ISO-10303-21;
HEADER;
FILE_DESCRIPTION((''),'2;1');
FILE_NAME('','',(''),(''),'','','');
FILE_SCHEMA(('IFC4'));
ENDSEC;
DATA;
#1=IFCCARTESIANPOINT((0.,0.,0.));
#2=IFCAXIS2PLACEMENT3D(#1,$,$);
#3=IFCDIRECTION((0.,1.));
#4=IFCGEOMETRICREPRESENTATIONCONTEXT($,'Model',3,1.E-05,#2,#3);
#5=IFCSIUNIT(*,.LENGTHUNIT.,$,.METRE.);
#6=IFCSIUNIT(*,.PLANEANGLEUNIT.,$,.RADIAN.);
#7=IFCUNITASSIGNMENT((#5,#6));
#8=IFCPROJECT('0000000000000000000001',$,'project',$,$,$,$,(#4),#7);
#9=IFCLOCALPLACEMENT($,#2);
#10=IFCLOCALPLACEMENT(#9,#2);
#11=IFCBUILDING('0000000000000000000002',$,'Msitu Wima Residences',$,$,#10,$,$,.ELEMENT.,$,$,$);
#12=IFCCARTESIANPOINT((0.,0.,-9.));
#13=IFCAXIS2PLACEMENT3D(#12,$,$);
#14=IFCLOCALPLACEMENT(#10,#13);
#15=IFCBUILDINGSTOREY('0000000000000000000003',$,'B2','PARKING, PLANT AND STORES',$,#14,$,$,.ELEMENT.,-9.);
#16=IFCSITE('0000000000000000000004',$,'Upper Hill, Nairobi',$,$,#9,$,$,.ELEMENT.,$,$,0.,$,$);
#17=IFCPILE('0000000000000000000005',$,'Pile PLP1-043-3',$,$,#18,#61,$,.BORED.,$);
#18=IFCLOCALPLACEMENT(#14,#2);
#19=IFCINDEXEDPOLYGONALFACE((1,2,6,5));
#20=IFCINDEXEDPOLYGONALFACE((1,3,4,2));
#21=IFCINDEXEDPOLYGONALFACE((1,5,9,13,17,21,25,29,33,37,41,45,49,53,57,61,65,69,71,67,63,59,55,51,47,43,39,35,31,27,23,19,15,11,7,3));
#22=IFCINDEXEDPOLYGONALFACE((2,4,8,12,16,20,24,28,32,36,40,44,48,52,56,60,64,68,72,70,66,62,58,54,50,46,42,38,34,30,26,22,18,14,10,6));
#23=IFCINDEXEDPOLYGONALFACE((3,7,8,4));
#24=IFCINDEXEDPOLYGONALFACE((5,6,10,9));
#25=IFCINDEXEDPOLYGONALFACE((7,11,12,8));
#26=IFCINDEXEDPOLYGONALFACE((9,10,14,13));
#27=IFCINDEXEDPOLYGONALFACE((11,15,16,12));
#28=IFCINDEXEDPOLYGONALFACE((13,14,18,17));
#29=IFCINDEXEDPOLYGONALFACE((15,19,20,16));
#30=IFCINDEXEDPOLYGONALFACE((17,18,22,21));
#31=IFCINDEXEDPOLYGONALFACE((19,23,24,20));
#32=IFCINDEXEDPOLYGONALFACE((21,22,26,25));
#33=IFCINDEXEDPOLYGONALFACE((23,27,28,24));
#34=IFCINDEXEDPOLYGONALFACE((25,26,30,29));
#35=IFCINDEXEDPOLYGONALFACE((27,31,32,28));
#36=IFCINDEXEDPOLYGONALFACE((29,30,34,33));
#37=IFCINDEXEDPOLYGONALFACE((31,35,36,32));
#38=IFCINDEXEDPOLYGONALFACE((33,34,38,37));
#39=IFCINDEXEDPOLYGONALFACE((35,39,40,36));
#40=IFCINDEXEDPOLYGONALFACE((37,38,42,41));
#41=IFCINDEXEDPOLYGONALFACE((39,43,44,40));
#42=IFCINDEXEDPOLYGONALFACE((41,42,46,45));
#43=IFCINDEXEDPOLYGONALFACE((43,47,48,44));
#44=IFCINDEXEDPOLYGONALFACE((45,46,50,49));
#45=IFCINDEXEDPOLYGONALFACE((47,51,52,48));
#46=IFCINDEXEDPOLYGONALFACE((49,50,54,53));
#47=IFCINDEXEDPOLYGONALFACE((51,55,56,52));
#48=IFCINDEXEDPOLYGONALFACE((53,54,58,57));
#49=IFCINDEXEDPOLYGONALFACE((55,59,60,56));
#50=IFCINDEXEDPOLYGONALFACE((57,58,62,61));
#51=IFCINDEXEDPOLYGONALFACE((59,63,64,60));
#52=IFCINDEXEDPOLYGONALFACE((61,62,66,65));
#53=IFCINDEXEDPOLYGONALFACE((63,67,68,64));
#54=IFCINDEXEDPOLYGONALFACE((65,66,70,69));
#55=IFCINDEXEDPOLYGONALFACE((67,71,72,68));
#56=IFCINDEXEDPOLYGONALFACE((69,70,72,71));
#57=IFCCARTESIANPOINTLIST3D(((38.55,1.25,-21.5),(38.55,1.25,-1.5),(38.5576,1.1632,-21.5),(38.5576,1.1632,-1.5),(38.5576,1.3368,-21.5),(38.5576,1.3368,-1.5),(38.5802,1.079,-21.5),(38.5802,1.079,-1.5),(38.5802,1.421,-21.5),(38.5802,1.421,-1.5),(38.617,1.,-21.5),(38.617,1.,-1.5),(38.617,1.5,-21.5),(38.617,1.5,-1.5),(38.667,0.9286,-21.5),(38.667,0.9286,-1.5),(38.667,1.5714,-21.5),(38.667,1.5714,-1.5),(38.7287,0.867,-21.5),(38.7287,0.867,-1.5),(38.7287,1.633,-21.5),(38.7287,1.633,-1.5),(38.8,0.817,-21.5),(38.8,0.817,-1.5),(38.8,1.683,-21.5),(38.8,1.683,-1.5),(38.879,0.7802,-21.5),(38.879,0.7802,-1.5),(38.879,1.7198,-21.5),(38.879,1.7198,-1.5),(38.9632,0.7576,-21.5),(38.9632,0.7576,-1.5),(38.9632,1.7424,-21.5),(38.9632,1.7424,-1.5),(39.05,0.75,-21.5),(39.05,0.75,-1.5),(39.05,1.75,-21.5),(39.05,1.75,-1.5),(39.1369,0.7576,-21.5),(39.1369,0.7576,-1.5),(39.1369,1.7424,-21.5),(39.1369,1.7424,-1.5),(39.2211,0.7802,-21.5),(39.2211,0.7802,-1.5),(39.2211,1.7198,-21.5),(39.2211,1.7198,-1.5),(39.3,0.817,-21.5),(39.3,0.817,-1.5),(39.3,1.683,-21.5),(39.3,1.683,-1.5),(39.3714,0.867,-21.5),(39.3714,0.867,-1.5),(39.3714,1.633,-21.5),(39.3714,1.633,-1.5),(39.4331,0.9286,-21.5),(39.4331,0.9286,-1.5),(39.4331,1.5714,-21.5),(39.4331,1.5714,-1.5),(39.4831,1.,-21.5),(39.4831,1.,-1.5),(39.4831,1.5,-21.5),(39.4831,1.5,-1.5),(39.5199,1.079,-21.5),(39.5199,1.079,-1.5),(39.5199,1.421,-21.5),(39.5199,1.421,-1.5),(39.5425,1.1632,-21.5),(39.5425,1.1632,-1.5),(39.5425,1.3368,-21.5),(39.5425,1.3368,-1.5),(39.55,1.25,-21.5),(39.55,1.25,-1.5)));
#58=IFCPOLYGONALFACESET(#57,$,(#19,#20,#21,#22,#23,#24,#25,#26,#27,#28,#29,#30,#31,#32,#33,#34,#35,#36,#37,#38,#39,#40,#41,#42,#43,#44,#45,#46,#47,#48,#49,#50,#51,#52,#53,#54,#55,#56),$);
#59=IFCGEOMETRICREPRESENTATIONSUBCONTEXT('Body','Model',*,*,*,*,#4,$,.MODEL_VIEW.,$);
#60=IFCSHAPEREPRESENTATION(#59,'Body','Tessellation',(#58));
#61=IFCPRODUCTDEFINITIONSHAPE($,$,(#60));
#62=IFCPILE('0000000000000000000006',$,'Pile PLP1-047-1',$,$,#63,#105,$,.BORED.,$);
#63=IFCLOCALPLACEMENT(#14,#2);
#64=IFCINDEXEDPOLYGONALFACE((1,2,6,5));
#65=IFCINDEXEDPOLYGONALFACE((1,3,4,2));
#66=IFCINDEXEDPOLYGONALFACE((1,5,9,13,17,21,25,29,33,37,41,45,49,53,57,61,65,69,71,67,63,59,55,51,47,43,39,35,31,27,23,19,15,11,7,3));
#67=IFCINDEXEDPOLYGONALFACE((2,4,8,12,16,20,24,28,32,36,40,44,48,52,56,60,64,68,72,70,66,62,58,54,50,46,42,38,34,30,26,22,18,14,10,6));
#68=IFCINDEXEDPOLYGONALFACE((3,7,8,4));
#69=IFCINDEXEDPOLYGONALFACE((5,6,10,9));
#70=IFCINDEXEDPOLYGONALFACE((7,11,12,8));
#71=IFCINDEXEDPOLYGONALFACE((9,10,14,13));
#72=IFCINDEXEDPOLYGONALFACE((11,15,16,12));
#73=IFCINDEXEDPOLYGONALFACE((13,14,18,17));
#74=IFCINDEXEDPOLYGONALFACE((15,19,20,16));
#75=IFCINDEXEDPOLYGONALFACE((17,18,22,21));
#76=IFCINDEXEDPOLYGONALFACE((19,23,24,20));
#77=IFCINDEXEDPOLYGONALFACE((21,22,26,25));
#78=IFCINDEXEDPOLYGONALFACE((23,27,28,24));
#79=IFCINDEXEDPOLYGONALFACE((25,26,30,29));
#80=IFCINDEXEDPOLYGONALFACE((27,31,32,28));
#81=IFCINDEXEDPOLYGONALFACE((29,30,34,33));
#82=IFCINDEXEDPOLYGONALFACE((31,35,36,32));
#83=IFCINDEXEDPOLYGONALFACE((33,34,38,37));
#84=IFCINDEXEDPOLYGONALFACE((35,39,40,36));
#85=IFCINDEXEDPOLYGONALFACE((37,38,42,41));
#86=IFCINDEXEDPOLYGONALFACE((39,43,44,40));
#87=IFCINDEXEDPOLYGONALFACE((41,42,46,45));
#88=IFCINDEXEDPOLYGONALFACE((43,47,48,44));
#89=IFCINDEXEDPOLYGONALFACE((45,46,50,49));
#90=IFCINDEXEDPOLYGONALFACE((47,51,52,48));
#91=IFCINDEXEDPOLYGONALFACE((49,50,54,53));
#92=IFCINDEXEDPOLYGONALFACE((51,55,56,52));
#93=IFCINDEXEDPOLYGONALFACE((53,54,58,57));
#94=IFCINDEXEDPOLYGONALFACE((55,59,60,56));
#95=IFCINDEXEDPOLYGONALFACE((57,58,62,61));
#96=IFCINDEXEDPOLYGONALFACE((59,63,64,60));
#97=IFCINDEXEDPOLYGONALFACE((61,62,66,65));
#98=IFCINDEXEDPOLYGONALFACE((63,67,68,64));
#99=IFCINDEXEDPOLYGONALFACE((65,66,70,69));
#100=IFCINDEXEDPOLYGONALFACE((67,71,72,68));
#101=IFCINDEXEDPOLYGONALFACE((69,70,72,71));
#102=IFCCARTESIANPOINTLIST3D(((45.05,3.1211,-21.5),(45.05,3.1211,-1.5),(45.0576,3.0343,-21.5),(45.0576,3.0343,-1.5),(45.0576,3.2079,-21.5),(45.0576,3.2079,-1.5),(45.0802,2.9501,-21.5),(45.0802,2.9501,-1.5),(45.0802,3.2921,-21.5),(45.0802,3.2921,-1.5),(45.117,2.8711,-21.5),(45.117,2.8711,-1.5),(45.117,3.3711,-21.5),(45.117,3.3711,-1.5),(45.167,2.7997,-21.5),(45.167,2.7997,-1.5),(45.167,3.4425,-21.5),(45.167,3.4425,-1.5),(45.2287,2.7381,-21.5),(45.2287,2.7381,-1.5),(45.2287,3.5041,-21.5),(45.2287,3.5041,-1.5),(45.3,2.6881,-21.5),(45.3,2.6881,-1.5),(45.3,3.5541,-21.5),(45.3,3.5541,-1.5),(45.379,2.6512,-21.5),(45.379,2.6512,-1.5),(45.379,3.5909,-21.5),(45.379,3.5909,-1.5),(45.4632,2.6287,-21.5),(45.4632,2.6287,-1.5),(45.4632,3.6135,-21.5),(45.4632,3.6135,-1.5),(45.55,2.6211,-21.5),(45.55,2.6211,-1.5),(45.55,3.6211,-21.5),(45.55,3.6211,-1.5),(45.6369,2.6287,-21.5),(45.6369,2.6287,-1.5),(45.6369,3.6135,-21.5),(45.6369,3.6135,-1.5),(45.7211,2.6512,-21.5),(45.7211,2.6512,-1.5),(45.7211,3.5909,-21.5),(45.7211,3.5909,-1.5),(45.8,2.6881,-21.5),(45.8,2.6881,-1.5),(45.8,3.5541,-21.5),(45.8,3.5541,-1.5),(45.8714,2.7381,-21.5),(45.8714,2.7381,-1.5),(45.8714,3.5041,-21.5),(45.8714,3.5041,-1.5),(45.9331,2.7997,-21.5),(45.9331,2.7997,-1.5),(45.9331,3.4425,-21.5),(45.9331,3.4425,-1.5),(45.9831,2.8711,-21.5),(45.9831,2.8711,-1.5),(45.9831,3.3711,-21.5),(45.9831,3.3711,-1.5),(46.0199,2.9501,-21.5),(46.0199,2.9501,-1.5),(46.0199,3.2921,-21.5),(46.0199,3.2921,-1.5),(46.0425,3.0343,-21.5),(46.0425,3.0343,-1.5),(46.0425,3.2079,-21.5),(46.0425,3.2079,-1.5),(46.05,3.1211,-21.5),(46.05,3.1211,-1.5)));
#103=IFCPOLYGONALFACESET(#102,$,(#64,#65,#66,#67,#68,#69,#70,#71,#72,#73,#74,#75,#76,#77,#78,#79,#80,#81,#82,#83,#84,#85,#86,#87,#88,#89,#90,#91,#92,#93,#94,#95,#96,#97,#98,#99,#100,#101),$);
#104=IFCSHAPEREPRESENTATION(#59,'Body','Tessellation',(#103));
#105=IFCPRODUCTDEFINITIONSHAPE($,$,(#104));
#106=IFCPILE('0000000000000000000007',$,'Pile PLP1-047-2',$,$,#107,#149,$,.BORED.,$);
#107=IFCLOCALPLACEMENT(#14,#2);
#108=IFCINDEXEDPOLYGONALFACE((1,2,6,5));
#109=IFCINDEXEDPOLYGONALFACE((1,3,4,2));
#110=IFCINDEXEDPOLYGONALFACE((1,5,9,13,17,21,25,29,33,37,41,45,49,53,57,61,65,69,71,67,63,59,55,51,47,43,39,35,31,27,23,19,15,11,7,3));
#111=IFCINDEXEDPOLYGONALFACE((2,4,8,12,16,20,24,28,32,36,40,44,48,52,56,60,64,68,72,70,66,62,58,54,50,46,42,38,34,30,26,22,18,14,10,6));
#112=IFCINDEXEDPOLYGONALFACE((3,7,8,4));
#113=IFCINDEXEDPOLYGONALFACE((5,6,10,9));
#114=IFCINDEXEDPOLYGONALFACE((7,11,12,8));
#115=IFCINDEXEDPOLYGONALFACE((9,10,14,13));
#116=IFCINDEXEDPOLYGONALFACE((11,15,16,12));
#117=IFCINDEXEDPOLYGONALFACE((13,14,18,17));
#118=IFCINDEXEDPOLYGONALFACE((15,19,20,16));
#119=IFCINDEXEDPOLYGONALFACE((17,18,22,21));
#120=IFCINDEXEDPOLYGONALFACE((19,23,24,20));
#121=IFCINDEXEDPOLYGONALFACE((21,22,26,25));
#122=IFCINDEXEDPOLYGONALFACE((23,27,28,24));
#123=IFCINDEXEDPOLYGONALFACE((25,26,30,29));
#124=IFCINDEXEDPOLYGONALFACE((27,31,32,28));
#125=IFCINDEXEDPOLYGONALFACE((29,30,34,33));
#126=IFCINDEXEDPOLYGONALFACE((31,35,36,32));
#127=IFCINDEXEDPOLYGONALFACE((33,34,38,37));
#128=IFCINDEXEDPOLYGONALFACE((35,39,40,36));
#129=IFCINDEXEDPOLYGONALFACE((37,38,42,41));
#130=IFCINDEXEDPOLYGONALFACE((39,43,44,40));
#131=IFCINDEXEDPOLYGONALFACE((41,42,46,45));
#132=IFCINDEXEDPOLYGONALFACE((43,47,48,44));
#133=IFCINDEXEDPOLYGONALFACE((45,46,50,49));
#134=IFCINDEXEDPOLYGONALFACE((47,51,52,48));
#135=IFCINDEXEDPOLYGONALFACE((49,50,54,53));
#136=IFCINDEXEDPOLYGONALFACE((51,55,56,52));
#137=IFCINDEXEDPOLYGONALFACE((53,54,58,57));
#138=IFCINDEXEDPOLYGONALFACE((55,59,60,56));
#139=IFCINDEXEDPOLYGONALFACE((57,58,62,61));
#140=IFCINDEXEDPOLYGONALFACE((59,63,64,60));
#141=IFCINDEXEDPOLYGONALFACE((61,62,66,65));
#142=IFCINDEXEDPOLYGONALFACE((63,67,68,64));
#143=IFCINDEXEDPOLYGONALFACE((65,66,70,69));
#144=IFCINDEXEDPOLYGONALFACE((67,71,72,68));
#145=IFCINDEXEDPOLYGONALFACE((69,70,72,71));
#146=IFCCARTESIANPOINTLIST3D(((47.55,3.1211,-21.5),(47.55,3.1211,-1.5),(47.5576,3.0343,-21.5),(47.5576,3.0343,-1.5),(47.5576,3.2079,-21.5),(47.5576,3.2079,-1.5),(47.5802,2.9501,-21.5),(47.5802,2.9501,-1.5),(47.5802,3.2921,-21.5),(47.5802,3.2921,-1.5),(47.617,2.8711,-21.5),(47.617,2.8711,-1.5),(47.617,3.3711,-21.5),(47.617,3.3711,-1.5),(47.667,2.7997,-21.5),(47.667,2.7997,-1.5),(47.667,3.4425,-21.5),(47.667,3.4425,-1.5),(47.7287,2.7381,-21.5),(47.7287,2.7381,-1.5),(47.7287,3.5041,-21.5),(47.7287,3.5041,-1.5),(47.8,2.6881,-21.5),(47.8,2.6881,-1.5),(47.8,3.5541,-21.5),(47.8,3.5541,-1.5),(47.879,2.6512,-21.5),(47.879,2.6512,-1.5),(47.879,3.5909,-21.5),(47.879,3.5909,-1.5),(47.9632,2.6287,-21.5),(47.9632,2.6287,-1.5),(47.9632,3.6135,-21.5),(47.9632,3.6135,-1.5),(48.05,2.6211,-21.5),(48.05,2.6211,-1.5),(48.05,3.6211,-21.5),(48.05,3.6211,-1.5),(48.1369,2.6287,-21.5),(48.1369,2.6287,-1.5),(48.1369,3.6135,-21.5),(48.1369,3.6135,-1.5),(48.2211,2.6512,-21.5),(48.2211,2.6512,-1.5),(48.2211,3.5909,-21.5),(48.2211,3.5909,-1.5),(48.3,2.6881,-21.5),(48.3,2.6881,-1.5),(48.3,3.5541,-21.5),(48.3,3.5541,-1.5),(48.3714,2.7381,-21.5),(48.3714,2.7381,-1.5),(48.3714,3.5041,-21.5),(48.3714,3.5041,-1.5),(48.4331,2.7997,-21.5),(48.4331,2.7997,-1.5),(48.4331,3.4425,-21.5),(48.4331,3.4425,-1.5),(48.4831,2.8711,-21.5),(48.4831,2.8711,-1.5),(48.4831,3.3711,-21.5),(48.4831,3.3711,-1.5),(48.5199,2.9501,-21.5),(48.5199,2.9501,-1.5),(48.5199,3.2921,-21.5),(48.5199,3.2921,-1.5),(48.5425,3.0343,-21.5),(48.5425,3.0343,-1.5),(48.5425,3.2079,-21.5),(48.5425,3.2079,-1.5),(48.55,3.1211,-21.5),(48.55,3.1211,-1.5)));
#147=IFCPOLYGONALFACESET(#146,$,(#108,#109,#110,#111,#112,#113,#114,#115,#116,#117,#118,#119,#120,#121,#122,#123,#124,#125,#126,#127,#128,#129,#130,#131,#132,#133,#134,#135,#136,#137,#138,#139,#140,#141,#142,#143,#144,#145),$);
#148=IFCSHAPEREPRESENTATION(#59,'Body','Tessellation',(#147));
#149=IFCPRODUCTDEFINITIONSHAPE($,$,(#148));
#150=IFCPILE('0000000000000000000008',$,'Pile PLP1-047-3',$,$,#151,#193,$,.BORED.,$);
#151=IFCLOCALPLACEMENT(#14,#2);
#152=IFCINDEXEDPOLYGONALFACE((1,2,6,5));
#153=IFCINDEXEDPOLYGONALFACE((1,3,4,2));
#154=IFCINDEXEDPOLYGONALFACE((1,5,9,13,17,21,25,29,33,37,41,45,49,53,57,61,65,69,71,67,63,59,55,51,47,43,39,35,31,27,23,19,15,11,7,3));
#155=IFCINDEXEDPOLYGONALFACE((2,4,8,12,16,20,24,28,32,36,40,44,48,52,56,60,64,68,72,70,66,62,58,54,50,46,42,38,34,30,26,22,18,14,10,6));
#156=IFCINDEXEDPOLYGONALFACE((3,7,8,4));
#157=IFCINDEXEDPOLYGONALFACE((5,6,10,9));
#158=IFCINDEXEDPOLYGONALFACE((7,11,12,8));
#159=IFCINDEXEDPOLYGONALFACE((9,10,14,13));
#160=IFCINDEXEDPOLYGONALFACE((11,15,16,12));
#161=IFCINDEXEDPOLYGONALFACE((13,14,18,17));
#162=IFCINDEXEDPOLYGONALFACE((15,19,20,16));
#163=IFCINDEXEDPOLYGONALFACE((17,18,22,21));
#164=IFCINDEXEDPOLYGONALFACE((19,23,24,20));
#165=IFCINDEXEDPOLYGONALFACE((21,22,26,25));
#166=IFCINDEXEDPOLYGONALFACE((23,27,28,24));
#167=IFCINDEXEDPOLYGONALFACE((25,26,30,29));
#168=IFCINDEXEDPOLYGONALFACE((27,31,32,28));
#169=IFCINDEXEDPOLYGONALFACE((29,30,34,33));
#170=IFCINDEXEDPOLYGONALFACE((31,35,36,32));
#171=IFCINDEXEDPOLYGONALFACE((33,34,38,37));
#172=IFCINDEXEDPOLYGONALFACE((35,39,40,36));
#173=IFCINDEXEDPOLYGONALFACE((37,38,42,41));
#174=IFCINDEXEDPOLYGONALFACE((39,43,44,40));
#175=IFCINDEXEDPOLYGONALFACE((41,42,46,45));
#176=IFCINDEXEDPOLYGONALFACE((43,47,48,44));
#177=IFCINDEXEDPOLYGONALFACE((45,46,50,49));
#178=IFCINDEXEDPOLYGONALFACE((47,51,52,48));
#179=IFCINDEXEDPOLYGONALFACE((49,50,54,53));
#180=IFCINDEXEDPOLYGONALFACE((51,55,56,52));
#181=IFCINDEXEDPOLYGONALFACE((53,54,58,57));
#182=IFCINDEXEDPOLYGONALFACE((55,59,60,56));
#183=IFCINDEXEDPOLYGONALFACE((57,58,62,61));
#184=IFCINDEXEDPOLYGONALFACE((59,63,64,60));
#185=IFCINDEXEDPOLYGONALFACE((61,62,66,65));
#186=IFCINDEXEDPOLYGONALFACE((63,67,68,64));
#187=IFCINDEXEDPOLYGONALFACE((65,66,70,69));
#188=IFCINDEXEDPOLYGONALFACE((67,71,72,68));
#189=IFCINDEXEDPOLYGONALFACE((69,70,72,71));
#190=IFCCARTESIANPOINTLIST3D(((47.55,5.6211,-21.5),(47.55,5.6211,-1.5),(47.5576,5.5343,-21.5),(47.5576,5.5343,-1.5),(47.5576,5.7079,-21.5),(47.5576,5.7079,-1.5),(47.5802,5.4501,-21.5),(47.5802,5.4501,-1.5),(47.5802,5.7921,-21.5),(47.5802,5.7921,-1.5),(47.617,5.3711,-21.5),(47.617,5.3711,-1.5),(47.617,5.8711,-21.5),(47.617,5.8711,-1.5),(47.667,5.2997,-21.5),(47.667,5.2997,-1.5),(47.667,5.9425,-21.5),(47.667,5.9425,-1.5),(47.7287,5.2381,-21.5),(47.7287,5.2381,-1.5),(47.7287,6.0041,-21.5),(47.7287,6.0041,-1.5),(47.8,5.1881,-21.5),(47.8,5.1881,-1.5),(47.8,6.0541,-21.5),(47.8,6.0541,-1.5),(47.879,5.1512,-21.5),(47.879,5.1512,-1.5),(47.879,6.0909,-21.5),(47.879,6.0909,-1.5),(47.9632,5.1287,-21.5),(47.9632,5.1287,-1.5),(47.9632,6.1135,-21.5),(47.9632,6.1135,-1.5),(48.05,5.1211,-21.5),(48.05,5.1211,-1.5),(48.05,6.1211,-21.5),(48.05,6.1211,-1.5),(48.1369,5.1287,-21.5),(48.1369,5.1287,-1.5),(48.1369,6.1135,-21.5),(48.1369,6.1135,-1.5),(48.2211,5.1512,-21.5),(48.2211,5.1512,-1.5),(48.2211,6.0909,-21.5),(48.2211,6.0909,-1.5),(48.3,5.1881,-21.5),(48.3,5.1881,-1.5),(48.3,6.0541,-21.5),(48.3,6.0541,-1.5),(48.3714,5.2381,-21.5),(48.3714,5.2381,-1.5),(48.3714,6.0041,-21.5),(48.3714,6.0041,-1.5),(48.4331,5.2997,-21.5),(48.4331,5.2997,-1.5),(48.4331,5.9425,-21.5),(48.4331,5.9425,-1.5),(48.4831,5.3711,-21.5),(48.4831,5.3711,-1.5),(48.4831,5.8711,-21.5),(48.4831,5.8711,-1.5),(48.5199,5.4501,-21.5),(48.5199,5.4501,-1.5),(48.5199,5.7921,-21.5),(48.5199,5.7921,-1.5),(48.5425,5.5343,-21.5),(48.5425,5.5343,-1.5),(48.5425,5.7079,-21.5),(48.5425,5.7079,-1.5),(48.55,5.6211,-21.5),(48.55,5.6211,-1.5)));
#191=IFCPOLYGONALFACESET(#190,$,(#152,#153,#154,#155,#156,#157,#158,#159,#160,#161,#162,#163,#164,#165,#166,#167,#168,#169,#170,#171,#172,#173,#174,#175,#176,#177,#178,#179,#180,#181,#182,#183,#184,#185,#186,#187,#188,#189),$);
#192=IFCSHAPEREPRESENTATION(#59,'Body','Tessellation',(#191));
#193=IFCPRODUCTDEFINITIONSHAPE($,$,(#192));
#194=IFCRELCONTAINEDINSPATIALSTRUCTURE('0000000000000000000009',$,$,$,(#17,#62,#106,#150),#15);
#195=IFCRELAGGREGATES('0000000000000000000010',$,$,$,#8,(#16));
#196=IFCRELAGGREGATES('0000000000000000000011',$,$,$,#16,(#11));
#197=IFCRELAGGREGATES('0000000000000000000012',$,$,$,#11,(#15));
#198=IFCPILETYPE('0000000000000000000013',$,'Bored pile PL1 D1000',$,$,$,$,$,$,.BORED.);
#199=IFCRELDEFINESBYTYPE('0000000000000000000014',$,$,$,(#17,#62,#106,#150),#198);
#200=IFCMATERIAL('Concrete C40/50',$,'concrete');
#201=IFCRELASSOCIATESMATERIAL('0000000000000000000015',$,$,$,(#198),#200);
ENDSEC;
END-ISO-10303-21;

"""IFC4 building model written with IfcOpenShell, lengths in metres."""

from ifc_helpers import new_model, si_unit, direction, frame, origin, origin_2d, place, context, subcontext, project, spatial, circle, extrude, material, type_object, element, save


model = new_model("IFC4")

# Units and contexts
model_context = context("Model", 3, precision=1e-05, world=origin(), true_north=direction((0.0, 1.0)))
body_context = subcontext(model_context, "Body", "Model", "MODEL_VIEW")
ifc_project = project(units=[si_unit("LENGTHUNIT", "METRE"), si_unit("PLANEANGLEUNIT", "RADIAN")], contexts=[model_context])

# Site, building, storey
site_placement = place(None, origin())
site = spatial("IfcSite", under=ifc_project, at=site_placement, Name="Upper Hill, Nairobi", CompositionType="ELEMENT", RefElevation=0.0)
building_placement = place(site_placement, origin())
building = spatial("IfcBuilding", under=site, at=building_placement, Name="Msitu Wima Residences", CompositionType="ELEMENT")
storey_placement = place(building_placement, frame((0.0, 0.0, -9.0)))
storey = spatial("IfcBuildingStorey", under=building, at=storey_placement, Name="B2", Description="PARKING, PLANT AND STORES", CompositionType="ELEMENT", Elevation=-9.0)

# Piles
ifc_material_1 = material(Name="Concrete C40/50", Category="concrete")
pile_type = type_object("IfcPileType", Name="Bored pile PL1 D1000", PredefinedType="BORED", material=ifc_material_1)
for number, where, z_axis, x_axis, name in (
    (1, (39.05, 1.25, -1.5), (0.0, 0.0, -1.0), (1.0, 0.0, 0.0), "Pile PLP1-043-3"),
    (2, (45.55, 3.1211, -1.5), (0.0, 0.0, -1.0), (1.0, 0.0, 0.0), "Pile PLP1-047-1"),
    (3, (48.05, 3.1211, -1.5), (0.0, 0.0, -1.0), (1.0, 0.0, 0.0), "Pile PLP1-047-2"),
    (4, (48.05, 5.6211, -1.5), (0.0, 0.0, -1.0), (1.0, 0.0, 0.0), "Pile PLP1-047-3"),
):
    element("IfcPile", number, at=place(storey_placement, frame(where, z_axis=z_axis, x_axis=x_axis)), inside=storey, type_object=pile_type, Name=name, PredefinedType="BORED", context=body_context, shape_type="SweptSolid", body=[
        extrude(circle(Radius=0.5, at=origin_2d()), origin(), (0.0, 0.0, 1.0), 20.0),
    ])

save(model, "model.ifc")
